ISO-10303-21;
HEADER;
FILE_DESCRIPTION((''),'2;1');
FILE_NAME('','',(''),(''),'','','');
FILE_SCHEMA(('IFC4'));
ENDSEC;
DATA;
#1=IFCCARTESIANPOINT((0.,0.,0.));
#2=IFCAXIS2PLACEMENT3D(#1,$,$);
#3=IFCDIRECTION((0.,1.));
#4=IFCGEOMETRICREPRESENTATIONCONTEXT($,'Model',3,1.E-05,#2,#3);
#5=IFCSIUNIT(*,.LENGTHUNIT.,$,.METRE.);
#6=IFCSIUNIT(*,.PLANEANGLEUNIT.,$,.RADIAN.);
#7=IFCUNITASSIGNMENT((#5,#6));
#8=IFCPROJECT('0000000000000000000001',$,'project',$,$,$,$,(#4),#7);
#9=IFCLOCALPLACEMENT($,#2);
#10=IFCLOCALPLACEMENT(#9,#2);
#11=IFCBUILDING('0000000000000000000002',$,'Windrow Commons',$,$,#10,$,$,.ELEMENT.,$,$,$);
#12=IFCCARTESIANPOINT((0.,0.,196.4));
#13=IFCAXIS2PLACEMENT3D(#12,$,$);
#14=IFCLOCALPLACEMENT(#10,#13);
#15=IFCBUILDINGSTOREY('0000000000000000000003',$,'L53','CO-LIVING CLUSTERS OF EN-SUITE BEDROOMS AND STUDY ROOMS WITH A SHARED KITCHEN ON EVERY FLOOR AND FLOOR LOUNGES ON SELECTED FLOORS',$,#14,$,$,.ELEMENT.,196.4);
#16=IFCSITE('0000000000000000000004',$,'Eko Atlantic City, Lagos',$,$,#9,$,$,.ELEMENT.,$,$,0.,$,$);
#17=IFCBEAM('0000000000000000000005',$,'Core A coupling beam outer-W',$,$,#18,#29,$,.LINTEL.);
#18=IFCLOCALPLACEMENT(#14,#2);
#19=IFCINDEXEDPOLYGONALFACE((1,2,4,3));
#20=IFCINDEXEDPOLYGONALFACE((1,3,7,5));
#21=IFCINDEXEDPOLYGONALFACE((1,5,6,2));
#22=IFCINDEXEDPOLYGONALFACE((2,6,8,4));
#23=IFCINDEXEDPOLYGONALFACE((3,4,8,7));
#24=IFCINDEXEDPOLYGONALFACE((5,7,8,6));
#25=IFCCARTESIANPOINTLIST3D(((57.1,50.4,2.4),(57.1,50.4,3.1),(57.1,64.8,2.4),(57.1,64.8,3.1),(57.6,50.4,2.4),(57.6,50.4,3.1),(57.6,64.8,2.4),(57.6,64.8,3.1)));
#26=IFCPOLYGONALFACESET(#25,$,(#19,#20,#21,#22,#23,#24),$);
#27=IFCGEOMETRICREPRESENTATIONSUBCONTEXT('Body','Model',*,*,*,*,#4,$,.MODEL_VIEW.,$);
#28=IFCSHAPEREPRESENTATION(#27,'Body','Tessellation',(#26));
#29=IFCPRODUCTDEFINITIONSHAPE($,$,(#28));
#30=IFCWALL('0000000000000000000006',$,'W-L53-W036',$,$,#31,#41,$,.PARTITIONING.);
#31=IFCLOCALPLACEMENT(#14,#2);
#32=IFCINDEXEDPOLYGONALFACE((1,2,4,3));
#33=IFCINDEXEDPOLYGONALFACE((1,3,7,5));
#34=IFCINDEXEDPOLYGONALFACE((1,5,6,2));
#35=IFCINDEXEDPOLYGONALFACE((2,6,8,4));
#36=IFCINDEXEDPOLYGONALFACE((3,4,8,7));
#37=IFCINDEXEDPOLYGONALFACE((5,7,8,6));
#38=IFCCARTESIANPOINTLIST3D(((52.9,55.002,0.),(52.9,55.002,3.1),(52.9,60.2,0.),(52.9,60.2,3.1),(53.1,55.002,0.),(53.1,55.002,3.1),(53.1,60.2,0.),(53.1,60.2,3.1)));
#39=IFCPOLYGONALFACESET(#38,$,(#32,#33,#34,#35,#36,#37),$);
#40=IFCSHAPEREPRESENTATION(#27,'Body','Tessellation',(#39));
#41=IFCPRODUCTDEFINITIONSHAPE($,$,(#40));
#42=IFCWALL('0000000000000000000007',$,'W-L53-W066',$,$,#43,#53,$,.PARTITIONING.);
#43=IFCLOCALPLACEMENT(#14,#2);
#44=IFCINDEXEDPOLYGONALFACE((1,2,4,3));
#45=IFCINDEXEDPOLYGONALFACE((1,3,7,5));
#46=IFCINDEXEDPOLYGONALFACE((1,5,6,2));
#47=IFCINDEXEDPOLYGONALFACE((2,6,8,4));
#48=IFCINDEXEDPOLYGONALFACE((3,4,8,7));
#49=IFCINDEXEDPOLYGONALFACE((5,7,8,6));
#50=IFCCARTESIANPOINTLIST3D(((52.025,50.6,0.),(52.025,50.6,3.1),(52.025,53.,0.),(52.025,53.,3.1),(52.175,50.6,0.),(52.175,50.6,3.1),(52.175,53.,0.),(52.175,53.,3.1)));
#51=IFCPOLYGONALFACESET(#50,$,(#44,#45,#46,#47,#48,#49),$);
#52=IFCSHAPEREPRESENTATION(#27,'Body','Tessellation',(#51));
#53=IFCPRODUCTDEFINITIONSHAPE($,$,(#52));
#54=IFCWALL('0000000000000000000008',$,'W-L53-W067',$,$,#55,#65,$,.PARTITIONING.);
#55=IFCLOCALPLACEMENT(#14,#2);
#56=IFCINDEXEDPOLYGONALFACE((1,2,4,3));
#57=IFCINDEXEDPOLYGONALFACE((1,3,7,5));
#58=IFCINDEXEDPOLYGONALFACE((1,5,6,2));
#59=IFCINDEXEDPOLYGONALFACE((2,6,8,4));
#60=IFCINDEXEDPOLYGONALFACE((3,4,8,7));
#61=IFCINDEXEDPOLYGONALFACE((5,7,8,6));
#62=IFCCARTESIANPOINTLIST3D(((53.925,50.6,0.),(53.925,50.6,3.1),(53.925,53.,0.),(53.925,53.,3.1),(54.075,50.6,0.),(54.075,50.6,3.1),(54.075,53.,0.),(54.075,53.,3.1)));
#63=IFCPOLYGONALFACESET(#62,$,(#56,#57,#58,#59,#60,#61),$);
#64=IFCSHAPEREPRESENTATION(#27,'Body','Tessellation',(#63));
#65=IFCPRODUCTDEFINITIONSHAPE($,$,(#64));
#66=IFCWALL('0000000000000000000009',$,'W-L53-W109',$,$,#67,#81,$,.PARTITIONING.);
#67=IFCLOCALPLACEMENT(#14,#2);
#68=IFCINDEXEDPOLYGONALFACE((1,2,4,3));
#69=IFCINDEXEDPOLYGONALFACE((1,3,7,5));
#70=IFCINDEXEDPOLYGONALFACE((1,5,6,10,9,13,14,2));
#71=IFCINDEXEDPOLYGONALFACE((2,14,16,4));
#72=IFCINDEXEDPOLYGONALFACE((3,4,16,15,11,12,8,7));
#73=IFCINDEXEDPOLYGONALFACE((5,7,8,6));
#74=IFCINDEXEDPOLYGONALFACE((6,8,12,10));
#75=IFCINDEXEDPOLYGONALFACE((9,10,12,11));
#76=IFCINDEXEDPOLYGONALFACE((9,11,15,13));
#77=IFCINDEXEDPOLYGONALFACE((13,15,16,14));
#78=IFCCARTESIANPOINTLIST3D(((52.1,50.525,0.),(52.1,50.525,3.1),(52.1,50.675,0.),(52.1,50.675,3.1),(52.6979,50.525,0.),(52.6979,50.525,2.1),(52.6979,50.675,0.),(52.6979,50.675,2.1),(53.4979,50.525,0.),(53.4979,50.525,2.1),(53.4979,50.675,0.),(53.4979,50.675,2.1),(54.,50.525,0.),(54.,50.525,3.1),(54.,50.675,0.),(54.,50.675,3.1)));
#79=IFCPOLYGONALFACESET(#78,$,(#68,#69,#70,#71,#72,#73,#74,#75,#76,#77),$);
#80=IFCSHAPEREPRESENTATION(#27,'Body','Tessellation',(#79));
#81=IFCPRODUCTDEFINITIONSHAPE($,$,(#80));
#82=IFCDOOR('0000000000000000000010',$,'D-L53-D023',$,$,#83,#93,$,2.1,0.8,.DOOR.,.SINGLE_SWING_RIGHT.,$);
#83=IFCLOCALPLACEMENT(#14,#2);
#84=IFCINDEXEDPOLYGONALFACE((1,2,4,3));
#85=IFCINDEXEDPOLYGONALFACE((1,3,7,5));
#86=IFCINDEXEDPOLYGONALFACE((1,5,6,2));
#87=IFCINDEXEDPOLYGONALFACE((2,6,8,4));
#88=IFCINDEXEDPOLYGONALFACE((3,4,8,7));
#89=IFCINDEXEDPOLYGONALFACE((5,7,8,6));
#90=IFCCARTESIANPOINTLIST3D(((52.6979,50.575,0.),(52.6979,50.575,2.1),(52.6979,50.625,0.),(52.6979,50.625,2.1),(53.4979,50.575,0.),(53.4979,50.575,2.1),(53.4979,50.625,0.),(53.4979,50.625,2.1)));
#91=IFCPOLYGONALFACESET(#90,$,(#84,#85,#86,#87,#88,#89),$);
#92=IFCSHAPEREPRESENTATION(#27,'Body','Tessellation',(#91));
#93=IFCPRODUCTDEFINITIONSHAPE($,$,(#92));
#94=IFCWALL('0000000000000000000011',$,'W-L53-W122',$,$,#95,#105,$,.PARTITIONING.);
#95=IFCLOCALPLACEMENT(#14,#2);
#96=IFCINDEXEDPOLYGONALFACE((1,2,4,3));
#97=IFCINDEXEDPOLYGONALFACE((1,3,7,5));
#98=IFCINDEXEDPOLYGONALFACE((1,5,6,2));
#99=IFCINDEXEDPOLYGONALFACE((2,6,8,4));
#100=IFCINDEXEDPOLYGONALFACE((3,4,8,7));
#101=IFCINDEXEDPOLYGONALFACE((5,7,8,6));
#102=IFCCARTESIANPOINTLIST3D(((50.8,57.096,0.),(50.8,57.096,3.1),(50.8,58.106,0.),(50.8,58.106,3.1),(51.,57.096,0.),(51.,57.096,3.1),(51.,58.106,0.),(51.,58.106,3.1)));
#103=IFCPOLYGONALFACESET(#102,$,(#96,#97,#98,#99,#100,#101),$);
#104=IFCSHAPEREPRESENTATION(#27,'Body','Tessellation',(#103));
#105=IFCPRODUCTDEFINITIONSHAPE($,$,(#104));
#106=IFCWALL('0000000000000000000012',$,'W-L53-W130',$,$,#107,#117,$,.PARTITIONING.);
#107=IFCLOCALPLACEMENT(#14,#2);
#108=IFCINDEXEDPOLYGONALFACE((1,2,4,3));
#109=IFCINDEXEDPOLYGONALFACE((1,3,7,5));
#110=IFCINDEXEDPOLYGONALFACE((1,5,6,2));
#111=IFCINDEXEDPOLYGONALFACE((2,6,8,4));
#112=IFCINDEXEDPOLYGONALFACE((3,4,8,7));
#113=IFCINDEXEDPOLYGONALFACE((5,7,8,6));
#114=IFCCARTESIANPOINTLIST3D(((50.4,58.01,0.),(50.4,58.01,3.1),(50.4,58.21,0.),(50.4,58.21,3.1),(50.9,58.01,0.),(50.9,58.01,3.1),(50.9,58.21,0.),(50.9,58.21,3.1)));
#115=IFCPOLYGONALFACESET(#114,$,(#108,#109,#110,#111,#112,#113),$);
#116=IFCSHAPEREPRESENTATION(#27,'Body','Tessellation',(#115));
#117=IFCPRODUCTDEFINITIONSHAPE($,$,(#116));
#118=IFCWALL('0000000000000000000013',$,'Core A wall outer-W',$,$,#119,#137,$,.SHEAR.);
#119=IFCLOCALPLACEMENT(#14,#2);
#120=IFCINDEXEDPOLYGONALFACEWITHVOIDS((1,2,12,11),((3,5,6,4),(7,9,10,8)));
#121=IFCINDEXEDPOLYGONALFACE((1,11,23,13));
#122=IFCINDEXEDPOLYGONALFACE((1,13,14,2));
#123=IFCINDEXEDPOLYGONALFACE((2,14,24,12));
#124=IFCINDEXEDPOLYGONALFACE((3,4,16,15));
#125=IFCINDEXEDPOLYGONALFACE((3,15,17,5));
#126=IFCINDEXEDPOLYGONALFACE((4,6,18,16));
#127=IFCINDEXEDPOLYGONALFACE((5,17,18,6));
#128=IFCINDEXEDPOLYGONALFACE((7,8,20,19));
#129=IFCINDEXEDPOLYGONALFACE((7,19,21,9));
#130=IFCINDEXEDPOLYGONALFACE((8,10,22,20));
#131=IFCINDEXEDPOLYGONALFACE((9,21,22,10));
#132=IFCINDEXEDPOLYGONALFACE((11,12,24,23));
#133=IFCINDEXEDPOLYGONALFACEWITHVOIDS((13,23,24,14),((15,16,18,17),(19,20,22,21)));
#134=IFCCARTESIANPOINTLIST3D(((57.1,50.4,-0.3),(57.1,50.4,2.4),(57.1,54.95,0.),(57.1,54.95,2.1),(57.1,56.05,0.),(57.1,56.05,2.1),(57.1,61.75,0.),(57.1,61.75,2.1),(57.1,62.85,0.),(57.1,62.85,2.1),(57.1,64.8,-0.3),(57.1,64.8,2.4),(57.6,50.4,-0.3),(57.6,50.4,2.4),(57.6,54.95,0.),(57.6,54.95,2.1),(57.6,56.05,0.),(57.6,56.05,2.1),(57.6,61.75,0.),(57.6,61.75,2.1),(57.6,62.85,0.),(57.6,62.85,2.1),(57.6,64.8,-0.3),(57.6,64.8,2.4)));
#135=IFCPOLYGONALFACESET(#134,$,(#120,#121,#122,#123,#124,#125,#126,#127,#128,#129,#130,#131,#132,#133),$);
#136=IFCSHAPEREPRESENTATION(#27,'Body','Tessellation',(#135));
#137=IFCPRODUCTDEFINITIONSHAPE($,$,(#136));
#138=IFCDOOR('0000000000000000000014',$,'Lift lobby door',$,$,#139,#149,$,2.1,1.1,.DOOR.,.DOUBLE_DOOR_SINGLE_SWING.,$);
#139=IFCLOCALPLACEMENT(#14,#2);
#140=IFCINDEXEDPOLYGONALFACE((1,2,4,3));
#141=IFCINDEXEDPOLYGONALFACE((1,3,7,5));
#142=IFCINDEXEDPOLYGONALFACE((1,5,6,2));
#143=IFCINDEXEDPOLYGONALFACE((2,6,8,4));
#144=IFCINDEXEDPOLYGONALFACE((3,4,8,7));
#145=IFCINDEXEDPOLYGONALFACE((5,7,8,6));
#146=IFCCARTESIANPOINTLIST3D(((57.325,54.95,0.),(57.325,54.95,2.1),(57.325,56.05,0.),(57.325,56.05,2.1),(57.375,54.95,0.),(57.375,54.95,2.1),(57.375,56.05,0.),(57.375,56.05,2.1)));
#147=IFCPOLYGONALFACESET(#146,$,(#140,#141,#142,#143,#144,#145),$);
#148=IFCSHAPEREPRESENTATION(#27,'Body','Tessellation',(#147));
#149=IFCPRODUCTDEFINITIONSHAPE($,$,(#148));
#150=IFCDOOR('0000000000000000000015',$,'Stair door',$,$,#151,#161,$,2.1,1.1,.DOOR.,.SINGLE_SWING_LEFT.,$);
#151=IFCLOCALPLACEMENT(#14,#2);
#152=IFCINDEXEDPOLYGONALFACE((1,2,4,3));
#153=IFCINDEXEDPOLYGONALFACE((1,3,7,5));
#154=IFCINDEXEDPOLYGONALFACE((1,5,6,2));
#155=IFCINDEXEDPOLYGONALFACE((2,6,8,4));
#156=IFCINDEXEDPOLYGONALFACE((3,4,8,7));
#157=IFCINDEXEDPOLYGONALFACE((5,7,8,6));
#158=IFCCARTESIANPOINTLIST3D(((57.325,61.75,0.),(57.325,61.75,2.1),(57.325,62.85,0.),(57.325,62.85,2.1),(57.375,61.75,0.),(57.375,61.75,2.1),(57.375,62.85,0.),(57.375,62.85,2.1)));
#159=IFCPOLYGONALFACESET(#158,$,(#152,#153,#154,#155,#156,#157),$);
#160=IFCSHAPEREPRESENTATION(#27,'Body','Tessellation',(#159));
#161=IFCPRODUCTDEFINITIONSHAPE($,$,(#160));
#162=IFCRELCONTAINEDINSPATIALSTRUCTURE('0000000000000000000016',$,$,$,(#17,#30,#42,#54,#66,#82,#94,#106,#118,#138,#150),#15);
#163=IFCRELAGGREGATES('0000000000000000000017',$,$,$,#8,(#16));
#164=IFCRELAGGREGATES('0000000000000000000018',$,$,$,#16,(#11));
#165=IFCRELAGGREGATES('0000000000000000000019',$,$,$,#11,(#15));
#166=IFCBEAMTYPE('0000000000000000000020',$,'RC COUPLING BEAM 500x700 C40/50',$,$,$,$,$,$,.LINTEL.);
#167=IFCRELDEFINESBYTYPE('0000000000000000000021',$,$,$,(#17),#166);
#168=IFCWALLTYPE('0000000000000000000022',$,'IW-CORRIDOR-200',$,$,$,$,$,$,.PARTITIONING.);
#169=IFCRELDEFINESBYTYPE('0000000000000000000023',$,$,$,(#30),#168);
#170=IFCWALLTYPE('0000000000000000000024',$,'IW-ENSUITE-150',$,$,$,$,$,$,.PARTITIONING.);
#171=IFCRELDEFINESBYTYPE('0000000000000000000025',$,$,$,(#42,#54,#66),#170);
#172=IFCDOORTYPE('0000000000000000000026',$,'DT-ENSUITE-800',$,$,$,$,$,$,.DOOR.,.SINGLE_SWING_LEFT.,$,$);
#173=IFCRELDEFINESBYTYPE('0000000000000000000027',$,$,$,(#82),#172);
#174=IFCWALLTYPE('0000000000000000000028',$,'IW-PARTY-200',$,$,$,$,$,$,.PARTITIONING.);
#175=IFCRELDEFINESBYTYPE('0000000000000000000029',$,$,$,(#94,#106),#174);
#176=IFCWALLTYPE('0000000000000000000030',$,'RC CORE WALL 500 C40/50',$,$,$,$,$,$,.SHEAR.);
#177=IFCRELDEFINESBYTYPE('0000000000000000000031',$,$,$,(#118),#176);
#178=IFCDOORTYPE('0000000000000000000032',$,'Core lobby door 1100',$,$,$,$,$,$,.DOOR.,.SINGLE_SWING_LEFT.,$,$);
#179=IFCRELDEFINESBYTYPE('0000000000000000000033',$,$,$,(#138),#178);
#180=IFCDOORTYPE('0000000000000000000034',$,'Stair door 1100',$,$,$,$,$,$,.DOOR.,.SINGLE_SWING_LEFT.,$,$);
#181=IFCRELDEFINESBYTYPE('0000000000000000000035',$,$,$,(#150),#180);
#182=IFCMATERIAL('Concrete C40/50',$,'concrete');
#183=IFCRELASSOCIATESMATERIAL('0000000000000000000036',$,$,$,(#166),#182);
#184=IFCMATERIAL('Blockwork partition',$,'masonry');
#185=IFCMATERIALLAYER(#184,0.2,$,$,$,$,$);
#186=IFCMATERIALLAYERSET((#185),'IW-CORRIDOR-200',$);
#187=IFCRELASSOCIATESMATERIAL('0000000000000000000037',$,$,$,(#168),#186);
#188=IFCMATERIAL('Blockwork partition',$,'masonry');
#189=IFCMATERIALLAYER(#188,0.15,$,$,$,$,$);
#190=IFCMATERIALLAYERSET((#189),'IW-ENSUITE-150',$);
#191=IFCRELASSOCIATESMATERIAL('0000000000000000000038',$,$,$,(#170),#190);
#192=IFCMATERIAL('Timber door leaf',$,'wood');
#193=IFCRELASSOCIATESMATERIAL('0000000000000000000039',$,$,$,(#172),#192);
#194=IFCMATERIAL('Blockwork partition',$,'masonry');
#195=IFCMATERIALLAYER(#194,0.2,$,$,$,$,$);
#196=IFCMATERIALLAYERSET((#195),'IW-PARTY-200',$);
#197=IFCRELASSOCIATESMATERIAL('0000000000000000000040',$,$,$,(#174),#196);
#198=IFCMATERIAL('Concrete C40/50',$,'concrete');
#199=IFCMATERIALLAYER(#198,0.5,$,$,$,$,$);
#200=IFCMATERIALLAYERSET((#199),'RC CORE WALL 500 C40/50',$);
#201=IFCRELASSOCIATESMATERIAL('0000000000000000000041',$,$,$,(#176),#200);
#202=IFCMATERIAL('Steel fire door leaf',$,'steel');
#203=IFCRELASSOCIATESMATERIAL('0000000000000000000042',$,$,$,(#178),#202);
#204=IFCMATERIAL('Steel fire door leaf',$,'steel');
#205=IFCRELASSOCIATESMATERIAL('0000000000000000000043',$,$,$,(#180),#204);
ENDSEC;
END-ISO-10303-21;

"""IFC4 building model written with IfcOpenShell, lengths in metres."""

from ifc_helpers import new_model, si_unit, direction, frame, frame_2d, origin, origin_2d, place, context, subcontext, project, spatial, rectangle, extrude, material, layer, layer_set, material_profile, profile_set, type_object, element, fill, save


model = new_model("IFC4")

# Units and contexts
model_context = context("Model", 3, precision=1e-05, world=origin(), true_north=direction((0.0, 1.0)))
body_context = subcontext(model_context, "Body", "Model", "MODEL_VIEW")
ifc_project = project(units=[si_unit("LENGTHUNIT", "METRE"), si_unit("PLANEANGLEUNIT", "RADIAN")], contexts=[model_context])

# Site, building, storey
site_placement = place(None, origin())
site = spatial("IfcSite", under=ifc_project, at=site_placement, Name="Eko Atlantic City, Lagos", CompositionType="ELEMENT", RefElevation=0.0)
building_placement = place(site_placement, origin())
building = spatial("IfcBuilding", under=site, at=building_placement, Name="Windrow Commons", CompositionType="ELEMENT")
storey_placement = place(building_placement, frame((0.0, 0.0, 196.4)))
storey = spatial("IfcBuildingStorey", under=building, at=storey_placement, Name="L53", Description="CO-LIVING CLUSTERS OF EN-SUITE BEDROOMS AND STUDY ROOMS WITH A SHARED KITCHEN ON EVERY FLOOR AND FLOOR LOUNGES ON SELECTED FLOORS", CompositionType="ELEMENT", Elevation=196.4)

# Beam
ifc_material_1 = material(Name="Concrete C40/50", Category="concrete")
ifc_material_profile = material_profile(ifc_material_1, rectangle(XDim=0.5, YDim=0.7, at=origin_2d()))
ifc_profile_set = profile_set([ifc_material_profile], Name="Concrete C40/50")
beam_type = type_object("IfcBeamType", Name="RC COUPLING BEAM 500x700 C40/50", PredefinedType="LINTEL", material=ifc_profile_set)
beam_placement = place(storey_placement, frame((57.35, 50.4, 2.75), z_axis=(0.0, 1.0, 0.0), x_axis=(-1.0, 0.0, 0.0)))
element("IfcBeam", 1, at=beam_placement, inside=storey, type_object=beam_type, Name="Core A coupling beam outer-W", PredefinedType="LINTEL", context=body_context, shape_type="SweptSolid", body=[
    extrude(rectangle(XDim=0.5, YDim=0.7, at=origin_2d()), origin(), (0.0, 0.0, 1.0), 14.4),
])

# Walls
ifc_material_2 = material(Name="Blockwork partition", Category="masonry")
ifc_layer_1 = layer(ifc_material_2, 0.2)
ifc_layer_set_1 = layer_set([ifc_layer_1], Name="IW-CORRIDOR-200")
wall_type_1 = type_object("IfcWallType", Name="IW-CORRIDOR-200", PredefinedType="PARTITIONING", material=ifc_layer_set_1)
wall_1_placement = place(storey_placement, frame((53.0, 55.002, 0.0), z_axis=(0.0, 0.0, 1.0), x_axis=(0.0, 1.0, 0.0)))
element("IfcWall", 2, at=wall_1_placement, inside=storey, type_object=wall_type_1, Name="W-L53-W036", PredefinedType="PARTITIONING", context=body_context, shape_type="SweptSolid", body=[
    extrude(rectangle(XDim=5.198, YDim=0.2, at=frame_2d((2.599, 0.0))), origin(), (0.0, 0.0, 1.0), 3.1),
])
ifc_material_3 = material(Name="Blockwork partition", Category="masonry")
ifc_layer_2 = layer(ifc_material_3, 0.15)
ifc_layer_set_2 = layer_set([ifc_layer_2], Name="IW-ENSUITE-150")
wall_type_2 = type_object("IfcWallType", Name="IW-ENSUITE-150", PredefinedType="PARTITIONING", material=ifc_layer_set_2)
for number, where, z_axis, x_axis, name in (
    (3, (52.1, 50.6, 0.0), (0.0, 0.0, 1.0), (0.0, 1.0, 0.0), "W-L53-W066"),
    (4, (54.0, 50.6, 0.0), (0.0, 0.0, 1.0), (0.0, 1.0, 0.0), "W-L53-W067"),
):
    element("IfcWall", number, at=place(storey_placement, frame(where, z_axis=z_axis, x_axis=x_axis)), inside=storey, type_object=wall_type_2, Name=name, PredefinedType="PARTITIONING", context=body_context, shape_type="SweptSolid", body=[
        extrude(rectangle(XDim=2.4, YDim=0.15, at=frame_2d((1.2, 0.0))), origin(), (0.0, 0.0, 1.0), 3.1),
    ])

# Wall, opening, door
wall_2_placement = place(storey_placement, frame((52.1, 50.6, 0.0), z_axis=(0.0, 0.0, 1.0), x_axis=(1.0, 0.0, 0.0)))
wall_2 = element("IfcWall", 5, at=wall_2_placement, inside=storey, type_object=wall_type_2, Name="W-L53-W109", PredefinedType="PARTITIONING", context=body_context, shape_type="SweptSolid", body=[
    extrude(rectangle(XDim=1.9, YDim=0.15, at=frame_2d((0.95, 0.0))), origin(), (0.0, 0.0, 1.0), 3.1),
])
opening_1_placement = place(wall_2_placement, frame((0.5979, 0.0, 0.0)))
opening_1 = element("IfcOpeningElement", 6, at=opening_1_placement, cuts=wall_2, PredefinedType="OPENING", context=body_context, shape_type="SweptSolid", body=[
    extrude(rectangle(XDim=0.8, YDim=2.1, at=frame_2d((0.4, 1.05))), frame((0.0, 0.085, 0.0), z_axis=(0.0, -1.0, 0.0), x_axis=(1.0, 0.0, 0.0)), (0.0, 0.0, 1.0), 0.17),
])
ifc_material_4 = material(Name="Timber door leaf", Category="wood")
door_type_1 = type_object("IfcDoorType", Name="DT-ENSUITE-800", OperationType="SINGLE_SWING_LEFT", PredefinedType="DOOR", material=ifc_material_4)
door_1_placement = place(opening_1_placement, origin())
door_1 = element("IfcDoor", 7, at=door_1_placement, inside=storey, type_object=door_type_1, Name="D-L53-D023", OperationType="SINGLE_SWING_RIGHT", OverallHeight=2.1, OverallWidth=0.8, PredefinedType="DOOR", context=body_context, shape_type="SweptSolid", body=[
    extrude(rectangle(XDim=0.8, YDim=2.1, at=frame_2d((0.4, 1.05))), frame((0.0, 0.025, 0.0), z_axis=(0.0, -1.0, 0.0), x_axis=(1.0, 0.0, 0.0)), (0.0, 0.0, 1.0), 0.05),
])
fill(opening_1, door_1)

# Walls
ifc_material_5 = material(Name="Blockwork partition", Category="masonry")
ifc_layer_3 = layer(ifc_material_5, 0.2)
ifc_layer_set_3 = layer_set([ifc_layer_3], Name="IW-PARTY-200")
wall_type_3 = type_object("IfcWallType", Name="IW-PARTY-200", PredefinedType="PARTITIONING", material=ifc_layer_set_3)
wall_3_placement = place(storey_placement, frame((50.9, 57.096, 0.0), z_axis=(0.0, 0.0, 1.0), x_axis=(0.0, 1.0, 0.0)))
element("IfcWall", 8, at=wall_3_placement, inside=storey, type_object=wall_type_3, Name="W-L53-W122", PredefinedType="PARTITIONING", context=body_context, shape_type="SweptSolid", body=[
    extrude(rectangle(XDim=1.01, YDim=0.2, at=frame_2d((0.505, 0.0))), origin(), (0.0, 0.0, 1.0), 3.1),
])
wall_4_placement = place(storey_placement, frame((50.4, 58.11, 0.0), z_axis=(0.0, 0.0, 1.0), x_axis=(1.0, 0.0, 0.0)))
element("IfcWall", 9, at=wall_4_placement, inside=storey, type_object=wall_type_3, Name="W-L53-W130", PredefinedType="PARTITIONING", context=body_context, shape_type="SweptSolid", body=[
    extrude(rectangle(XDim=0.5, YDim=0.2, at=frame_2d((0.25, 0.0))), origin(), (0.0, 0.0, 1.0), 3.1),
])

# Wall, openings, doors
ifc_material_6 = material(Name="Concrete C40/50", Category="concrete")
ifc_layer_4 = layer(ifc_material_6, 0.5)
ifc_layer_set_4 = layer_set([ifc_layer_4], Name="RC CORE WALL 500 C40/50")
wall_type_4 = type_object("IfcWallType", Name="RC CORE WALL 500 C40/50", PredefinedType="SHEAR", material=ifc_layer_set_4)
wall_5_placement = place(storey_placement, frame((57.35, 50.4, -0.3), z_axis=(0.0, 0.0, 1.0), x_axis=(0.0, 1.0, 0.0)))
wall_5 = element("IfcWall", 10, at=wall_5_placement, inside=storey, type_object=wall_type_4, Name="Core A wall outer-W", PredefinedType="SHEAR", context=body_context, shape_type="SweptSolid", body=[
    extrude(rectangle(XDim=14.4, YDim=0.5, at=frame_2d((7.2, 0.0))), origin(), (0.0, 0.0, 1.0), 2.7),
])
opening_2_placement = place(wall_5_placement, frame((4.55, 0.0, 0.3)))
opening_2 = element("IfcOpeningElement", 11, at=opening_2_placement, cuts=wall_5, PredefinedType="OPENING", context=body_context, shape_type="SweptSolid", body=[
    extrude(rectangle(XDim=1.1, YDim=2.1, at=frame_2d((0.55, 1.05))), frame((0.0, 0.26, 0.0), z_axis=(0.0, -1.0, 0.0), x_axis=(1.0, 0.0, 0.0)), (0.0, 0.0, 1.0), 0.52),
])
opening_3_placement = place(wall_5_placement, frame((11.35, 0.0, 0.3)))
opening_3 = element("IfcOpeningElement", 12, at=opening_3_placement, cuts=wall_5, PredefinedType="OPENING", context=body_context, shape_type="SweptSolid", body=[
    extrude(rectangle(XDim=1.1, YDim=2.1, at=frame_2d((0.55, 1.05))), frame((0.0, 0.26, 0.0), z_axis=(0.0, -1.0, 0.0), x_axis=(1.0, 0.0, 0.0)), (0.0, 0.0, 1.0), 0.52),
])
ifc_material_7 = material(Name="Steel fire door leaf", Category="steel")
door_type_2 = type_object("IfcDoorType", Name="Core lobby door 1100", OperationType="SINGLE_SWING_LEFT", PredefinedType="DOOR", material=ifc_material_7)
door_2_placement = place(opening_2_placement, origin())
door_2 = element("IfcDoor", 13, at=door_2_placement, inside=storey, type_object=door_type_2, Name="Lift lobby door", OperationType="DOUBLE_DOOR_SINGLE_SWING", OverallHeight=2.1, OverallWidth=1.1, PredefinedType="DOOR", context=body_context, shape_type="SweptSolid", body=[
    extrude(rectangle(XDim=1.1, YDim=2.1, at=frame_2d((0.55, 1.05))), frame((0.0, 0.025, 0.0), z_axis=(0.0, -1.0, 0.0), x_axis=(1.0, 0.0, 0.0)), (0.0, 0.0, 1.0), 0.05),
])
fill(opening_2, door_2)
ifc_material_8 = material(Name="Steel fire door leaf", Category="steel")
door_type_3 = type_object("IfcDoorType", Name="Stair door 1100", OperationType="SINGLE_SWING_LEFT", PredefinedType="DOOR", material=ifc_material_8)
door_3_placement = place(opening_3_placement, origin())
door_3 = element("IfcDoor", 14, at=door_3_placement, inside=storey, type_object=door_type_3, Name="Stair door", OperationType="SINGLE_SWING_LEFT", OverallHeight=2.1, OverallWidth=1.1, PredefinedType="DOOR", context=body_context, shape_type="SweptSolid", body=[
    extrude(rectangle(XDim=1.1, YDim=2.1, at=frame_2d((0.55, 1.05))), frame((0.0, 0.025, 0.0), z_axis=(0.0, -1.0, 0.0), x_axis=(1.0, 0.0, 0.0)), (0.0, 0.0, 1.0), 0.05),
])
fill(opening_3, door_3)

save(model, "model.ifc")
